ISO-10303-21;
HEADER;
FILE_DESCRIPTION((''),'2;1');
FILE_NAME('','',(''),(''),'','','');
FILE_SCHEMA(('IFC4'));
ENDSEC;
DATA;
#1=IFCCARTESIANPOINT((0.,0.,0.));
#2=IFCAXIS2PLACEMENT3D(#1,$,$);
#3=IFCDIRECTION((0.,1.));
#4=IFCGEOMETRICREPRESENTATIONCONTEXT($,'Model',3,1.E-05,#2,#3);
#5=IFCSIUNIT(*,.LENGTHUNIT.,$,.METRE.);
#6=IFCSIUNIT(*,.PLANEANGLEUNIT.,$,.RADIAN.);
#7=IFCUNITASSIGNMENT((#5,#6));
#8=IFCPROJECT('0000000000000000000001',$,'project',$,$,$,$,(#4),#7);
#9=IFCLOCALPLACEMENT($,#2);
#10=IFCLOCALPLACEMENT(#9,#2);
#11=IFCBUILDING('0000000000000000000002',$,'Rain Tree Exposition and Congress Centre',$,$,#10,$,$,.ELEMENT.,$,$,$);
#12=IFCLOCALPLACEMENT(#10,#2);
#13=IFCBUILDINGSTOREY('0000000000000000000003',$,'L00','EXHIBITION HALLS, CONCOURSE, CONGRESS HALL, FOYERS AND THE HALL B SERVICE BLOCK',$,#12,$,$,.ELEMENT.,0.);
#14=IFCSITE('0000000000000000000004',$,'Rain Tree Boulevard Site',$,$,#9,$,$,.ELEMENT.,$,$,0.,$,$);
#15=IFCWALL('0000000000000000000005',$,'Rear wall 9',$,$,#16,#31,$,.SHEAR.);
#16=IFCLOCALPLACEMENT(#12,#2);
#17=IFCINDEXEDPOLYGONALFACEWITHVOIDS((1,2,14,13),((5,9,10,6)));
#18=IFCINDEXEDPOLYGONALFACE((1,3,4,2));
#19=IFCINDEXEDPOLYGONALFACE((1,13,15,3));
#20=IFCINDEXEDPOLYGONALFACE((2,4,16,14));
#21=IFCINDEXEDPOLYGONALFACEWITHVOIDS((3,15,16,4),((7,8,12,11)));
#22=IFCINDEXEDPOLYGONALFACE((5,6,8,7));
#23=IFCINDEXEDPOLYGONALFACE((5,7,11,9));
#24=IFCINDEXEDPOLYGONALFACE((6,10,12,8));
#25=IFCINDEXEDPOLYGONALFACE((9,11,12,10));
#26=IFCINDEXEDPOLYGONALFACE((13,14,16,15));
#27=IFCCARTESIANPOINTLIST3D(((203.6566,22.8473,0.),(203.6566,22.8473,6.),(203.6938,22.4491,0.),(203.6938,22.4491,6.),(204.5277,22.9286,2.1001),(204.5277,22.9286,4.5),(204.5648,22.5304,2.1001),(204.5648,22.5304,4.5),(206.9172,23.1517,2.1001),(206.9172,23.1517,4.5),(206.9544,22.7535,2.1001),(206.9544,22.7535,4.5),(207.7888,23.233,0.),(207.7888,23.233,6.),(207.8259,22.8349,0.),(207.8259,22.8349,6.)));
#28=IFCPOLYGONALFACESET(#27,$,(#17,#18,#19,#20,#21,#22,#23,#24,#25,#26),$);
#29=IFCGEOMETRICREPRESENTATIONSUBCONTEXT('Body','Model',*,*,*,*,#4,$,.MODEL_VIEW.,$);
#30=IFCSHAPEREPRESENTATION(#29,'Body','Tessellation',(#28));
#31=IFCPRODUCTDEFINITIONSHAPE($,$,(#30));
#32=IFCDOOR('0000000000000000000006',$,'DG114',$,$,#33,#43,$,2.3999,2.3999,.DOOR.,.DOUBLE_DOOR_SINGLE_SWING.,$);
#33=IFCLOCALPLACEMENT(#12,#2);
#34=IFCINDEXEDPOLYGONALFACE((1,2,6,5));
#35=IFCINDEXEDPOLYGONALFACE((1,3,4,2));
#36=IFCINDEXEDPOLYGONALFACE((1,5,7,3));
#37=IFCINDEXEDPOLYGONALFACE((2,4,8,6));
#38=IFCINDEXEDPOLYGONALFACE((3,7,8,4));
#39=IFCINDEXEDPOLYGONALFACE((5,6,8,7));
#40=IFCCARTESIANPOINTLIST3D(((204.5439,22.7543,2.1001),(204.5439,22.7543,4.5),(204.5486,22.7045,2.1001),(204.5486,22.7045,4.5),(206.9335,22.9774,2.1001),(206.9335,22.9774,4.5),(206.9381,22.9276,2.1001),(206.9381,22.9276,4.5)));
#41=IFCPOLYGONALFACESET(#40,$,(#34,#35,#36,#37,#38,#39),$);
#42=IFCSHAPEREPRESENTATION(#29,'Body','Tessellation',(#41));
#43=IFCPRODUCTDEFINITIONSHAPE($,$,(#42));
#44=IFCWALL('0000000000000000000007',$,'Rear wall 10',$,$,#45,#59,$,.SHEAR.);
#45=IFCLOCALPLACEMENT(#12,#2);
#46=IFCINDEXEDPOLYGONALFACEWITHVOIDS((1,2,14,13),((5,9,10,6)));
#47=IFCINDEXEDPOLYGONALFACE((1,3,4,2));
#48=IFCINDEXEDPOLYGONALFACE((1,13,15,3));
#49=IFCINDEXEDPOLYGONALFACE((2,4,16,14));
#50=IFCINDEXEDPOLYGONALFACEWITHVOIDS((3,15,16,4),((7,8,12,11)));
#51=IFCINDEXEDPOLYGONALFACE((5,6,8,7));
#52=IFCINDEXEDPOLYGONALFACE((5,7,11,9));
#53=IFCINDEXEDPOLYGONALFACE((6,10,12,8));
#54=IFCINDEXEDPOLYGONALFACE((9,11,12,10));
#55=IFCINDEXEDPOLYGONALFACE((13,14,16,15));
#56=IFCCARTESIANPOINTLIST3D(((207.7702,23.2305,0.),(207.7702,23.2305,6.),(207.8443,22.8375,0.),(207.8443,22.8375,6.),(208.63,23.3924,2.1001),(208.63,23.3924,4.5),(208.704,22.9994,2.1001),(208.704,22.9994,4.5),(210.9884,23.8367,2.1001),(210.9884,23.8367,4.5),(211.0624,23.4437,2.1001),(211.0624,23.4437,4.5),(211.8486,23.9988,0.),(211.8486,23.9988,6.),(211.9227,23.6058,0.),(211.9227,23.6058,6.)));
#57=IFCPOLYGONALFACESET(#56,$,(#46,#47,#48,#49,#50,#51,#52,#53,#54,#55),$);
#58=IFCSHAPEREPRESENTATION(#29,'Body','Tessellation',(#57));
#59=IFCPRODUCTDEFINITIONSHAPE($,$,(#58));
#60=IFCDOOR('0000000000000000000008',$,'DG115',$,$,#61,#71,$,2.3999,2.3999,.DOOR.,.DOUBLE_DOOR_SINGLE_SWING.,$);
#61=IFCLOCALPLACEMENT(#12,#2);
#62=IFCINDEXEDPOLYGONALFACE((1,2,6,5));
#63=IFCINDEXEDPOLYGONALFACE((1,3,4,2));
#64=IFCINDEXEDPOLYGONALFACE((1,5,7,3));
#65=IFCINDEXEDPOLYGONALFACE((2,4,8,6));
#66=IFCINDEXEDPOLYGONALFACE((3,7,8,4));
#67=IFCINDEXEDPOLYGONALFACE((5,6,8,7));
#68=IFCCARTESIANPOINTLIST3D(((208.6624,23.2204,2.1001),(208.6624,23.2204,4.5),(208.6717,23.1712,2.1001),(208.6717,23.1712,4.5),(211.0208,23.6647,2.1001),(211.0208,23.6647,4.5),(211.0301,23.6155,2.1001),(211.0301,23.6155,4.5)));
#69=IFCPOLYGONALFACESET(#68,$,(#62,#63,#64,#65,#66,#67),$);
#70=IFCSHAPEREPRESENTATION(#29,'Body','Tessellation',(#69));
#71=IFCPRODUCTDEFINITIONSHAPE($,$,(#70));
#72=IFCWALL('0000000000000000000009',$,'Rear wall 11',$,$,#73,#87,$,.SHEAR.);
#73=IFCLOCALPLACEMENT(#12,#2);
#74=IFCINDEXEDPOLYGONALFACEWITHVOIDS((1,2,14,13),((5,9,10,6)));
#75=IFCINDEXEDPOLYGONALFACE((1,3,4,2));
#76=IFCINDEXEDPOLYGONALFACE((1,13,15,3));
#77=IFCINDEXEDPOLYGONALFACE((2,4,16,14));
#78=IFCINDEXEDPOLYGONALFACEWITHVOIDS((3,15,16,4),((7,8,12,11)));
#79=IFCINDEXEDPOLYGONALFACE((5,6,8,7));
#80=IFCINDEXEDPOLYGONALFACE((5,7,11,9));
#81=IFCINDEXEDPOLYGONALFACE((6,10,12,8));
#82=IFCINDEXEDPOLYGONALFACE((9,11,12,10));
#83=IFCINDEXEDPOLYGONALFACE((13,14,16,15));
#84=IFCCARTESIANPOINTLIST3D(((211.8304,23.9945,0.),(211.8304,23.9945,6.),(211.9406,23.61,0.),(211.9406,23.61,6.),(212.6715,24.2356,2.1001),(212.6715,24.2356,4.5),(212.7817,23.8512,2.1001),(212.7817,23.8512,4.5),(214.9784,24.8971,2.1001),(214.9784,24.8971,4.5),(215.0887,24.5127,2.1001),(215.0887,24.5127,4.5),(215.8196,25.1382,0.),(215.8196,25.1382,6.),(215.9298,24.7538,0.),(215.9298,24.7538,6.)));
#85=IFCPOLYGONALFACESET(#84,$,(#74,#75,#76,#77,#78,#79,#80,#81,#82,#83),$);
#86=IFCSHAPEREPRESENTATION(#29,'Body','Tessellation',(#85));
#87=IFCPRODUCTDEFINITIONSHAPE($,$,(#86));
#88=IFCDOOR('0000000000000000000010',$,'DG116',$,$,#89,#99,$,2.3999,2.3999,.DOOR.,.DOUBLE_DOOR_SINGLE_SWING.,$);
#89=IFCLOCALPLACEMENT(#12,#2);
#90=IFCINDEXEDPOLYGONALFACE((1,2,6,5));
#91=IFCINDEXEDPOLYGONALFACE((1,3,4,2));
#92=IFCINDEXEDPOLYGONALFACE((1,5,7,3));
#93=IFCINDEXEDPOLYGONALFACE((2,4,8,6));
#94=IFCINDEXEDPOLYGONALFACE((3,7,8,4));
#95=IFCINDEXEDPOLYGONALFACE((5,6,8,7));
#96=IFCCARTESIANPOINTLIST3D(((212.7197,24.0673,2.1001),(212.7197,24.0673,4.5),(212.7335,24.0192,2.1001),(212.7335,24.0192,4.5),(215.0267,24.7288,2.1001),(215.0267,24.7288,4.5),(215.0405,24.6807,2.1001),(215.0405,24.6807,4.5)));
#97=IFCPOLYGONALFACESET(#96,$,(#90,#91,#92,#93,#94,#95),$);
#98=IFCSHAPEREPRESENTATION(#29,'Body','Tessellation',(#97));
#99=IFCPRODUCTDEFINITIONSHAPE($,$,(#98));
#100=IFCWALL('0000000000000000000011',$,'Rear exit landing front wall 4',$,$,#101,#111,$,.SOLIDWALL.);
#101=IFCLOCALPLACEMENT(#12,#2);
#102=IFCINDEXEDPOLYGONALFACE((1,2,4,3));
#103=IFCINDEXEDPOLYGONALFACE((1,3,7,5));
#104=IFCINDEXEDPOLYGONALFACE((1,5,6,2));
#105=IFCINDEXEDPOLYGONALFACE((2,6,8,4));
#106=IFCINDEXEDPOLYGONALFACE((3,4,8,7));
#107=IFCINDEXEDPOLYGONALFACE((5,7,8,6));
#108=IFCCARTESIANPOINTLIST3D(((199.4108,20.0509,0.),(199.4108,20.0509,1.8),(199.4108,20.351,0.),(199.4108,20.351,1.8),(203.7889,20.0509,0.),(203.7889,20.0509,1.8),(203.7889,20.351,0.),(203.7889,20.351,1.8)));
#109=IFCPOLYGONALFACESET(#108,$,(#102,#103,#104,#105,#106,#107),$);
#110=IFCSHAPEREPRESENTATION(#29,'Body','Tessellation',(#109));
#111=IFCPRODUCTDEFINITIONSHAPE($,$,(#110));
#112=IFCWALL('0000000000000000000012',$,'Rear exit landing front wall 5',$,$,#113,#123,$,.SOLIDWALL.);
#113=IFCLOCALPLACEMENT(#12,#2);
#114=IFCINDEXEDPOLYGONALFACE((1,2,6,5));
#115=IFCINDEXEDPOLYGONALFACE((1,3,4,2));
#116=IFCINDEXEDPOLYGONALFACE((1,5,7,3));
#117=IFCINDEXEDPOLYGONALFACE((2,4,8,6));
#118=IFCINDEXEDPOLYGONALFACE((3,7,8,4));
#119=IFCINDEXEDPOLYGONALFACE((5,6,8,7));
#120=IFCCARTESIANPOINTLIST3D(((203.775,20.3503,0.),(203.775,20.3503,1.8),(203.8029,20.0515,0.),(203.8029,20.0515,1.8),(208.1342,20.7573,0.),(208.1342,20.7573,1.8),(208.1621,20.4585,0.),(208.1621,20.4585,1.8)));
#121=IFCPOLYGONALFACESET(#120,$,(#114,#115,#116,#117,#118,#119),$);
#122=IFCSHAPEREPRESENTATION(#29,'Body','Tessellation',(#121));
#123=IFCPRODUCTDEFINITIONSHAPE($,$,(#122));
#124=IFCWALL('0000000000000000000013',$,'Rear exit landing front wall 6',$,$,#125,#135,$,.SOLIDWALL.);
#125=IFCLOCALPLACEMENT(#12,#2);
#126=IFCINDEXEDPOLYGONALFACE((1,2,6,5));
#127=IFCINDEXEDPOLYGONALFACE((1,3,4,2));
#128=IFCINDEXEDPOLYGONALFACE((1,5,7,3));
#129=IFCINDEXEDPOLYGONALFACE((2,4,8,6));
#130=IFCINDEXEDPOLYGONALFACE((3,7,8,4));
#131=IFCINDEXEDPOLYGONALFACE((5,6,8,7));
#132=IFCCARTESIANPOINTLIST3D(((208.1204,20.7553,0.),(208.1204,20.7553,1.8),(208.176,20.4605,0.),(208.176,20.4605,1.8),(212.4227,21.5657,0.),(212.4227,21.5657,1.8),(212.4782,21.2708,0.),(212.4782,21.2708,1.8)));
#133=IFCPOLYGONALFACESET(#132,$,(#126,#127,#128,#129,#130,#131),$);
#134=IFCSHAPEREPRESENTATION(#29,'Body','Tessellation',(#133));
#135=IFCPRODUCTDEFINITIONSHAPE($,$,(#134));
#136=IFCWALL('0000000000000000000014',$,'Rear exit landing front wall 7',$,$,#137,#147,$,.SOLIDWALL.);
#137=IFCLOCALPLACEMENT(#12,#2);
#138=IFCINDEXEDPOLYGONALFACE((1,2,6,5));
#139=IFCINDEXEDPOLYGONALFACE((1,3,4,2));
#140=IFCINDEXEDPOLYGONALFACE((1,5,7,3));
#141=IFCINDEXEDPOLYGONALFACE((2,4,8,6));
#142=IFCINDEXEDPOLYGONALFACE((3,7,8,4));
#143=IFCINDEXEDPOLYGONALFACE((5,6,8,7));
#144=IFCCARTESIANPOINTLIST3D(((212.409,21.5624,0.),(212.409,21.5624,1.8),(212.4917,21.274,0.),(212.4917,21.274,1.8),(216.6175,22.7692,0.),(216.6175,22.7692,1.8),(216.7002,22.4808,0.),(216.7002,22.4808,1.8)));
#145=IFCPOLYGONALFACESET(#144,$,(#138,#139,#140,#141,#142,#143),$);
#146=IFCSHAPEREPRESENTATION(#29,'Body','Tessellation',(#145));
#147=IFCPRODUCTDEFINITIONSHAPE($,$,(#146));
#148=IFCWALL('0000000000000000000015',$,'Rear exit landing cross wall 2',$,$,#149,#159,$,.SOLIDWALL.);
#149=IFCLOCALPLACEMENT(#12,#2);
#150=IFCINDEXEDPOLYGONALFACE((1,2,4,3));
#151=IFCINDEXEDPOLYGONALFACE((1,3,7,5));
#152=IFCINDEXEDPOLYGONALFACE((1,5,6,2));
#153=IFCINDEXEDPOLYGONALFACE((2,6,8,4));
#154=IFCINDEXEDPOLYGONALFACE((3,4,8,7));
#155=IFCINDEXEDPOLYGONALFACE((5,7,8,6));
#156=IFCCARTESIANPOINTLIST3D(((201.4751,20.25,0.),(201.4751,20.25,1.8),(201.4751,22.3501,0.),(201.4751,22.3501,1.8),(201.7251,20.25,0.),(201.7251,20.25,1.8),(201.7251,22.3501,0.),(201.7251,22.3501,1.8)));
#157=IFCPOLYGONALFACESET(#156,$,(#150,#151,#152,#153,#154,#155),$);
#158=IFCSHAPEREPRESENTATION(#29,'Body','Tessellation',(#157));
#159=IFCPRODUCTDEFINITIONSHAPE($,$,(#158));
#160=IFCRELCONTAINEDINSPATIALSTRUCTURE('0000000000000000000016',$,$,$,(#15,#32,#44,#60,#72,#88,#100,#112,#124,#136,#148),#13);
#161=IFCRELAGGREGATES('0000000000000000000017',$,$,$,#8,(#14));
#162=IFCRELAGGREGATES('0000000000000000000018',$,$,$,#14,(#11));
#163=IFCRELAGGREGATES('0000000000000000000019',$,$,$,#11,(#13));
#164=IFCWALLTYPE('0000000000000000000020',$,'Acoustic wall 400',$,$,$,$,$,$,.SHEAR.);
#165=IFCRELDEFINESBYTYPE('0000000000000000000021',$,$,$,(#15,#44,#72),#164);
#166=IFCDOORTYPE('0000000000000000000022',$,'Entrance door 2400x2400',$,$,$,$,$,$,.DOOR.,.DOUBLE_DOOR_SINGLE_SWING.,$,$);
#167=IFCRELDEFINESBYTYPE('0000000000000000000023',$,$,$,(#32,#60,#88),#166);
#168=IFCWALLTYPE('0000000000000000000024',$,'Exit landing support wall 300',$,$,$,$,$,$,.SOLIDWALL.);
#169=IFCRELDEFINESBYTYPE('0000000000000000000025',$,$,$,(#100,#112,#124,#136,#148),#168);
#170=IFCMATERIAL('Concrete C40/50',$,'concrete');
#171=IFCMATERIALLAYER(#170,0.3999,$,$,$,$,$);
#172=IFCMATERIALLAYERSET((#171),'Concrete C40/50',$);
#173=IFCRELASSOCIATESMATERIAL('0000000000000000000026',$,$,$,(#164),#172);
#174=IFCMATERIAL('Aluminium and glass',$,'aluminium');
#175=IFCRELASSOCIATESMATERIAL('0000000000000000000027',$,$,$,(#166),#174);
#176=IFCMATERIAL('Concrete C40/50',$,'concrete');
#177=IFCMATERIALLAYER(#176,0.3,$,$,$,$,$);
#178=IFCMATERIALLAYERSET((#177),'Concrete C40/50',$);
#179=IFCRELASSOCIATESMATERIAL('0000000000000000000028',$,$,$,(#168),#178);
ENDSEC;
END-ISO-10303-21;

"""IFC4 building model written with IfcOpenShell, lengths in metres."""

from ifc_helpers import new_model, si_unit, direction, frame, frame_2d, origin, place, context, subcontext, project, spatial, rectangle, extrude, material, layer, layer_set, type_object, element, fill, save


model = new_model("IFC4")

# Units and contexts
model_context = context("Model", 3, precision=1e-05, world=origin(), true_north=direction((0.0, 1.0)))
body_context = subcontext(model_context, "Body", "Model", "MODEL_VIEW")
ifc_project = project(units=[si_unit("LENGTHUNIT", "METRE"), si_unit("PLANEANGLEUNIT", "RADIAN")], contexts=[model_context])

# Site, building, storey
site_placement = place(None, origin())
site = spatial("IfcSite", under=ifc_project, at=site_placement, Name="Rain Tree Boulevard Site", CompositionType="ELEMENT", RefElevation=0.0)
building_placement = place(site_placement, origin())
building = spatial("IfcBuilding", under=site, at=building_placement, Name="Rain Tree Exposition and Congress Centre", CompositionType="ELEMENT")
storey_placement = place(building_placement, origin())
storey = spatial("IfcBuildingStorey", under=building, at=storey_placement, Name="L00", Description="EXHIBITION HALLS, CONCOURSE, CONGRESS HALL, FOYERS AND THE HALL B SERVICE BLOCK", CompositionType="ELEMENT", Elevation=0.0)

# Walls, openings, doors
ifc_material_1 = material(Name="Concrete C40/50", Category="concrete")
ifc_layer_1 = layer(ifc_material_1, 0.3999)
ifc_layer_set_1 = layer_set([ifc_layer_1], Name="Concrete C40/50")
wall_type_1 = type_object("IfcWallType", Name="Acoustic wall 400", PredefinedType="SHEAR", material=ifc_layer_set_1)
ifc_material_2 = material(Name="Aluminium and glass", Category="aluminium")
door_type = type_object("IfcDoorType", Name="Entrance door 2400x2400", OperationType="DOUBLE_DOOR_SINGLE_SWING", PredefinedType="DOOR", material=ifc_material_2)
wall_1_placement = place(storey_placement, frame((203.675, 22.6482, 0.0), z_axis=(0.0, 0.0, 1.0), x_axis=(0.995671, 0.092949, 0.0)))
wall_1 = element("IfcWall", 1, at=wall_1_placement, inside=storey, type_object=wall_type_1, Name="Rear wall 9", PredefinedType="SHEAR", context=body_context, shape_type="SweptSolid", body=[
    extrude(rectangle(XDim=4.1501, YDim=0.3999, at=frame_2d((2.0752, 0.0))), origin(), (0.0, 0.0, 1.0), 6.0),
])
opening_1_placement = place(wall_1_placement, frame((0.875, 0.0, 2.1001)))
opening_1 = element("IfcOpeningElement", 2, at=opening_1_placement, cuts=wall_1, PredefinedType="OPENING", context=body_context, shape_type="SweptSolid", body=[
    extrude(rectangle(XDim=2.3999, YDim=2.3999, at=frame_2d((1.2, 1.2))), frame((0.0, 0.2, 0.0), z_axis=(0.0, -1.0, 0.0), x_axis=(1.0, 0.0, 0.0)), (0.0, 0.0, 1.0), 0.3999),
])
door_1_placement = place(opening_1_placement, origin())
door_1 = element("IfcDoor", 3, at=door_1_placement, inside=storey, type_object=door_type, Name="DG114", OperationType="DOUBLE_DOOR_SINGLE_SWING", OverallHeight=2.3999, OverallWidth=2.3999, PredefinedType="DOOR", context=body_context, shape_type="SweptSolid", body=[
    extrude(rectangle(XDim=2.3999, YDim=2.3999, at=frame_2d((1.2, 1.2))), frame((0.0, 0.0249, 0.0), z_axis=(0.0, -1.0, 0.0), x_axis=(1.0, 0.0, 0.0)), (0.0, 0.0, 1.0), 0.05),
])
fill(opening_1, door_1)
wall_2_placement = place(storey_placement, frame((207.8071, 23.0339, 0.0), z_axis=(0.0, 0.0, 1.0), x_axis=(0.982714, 0.18513, 0.0)))
wall_2 = element("IfcWall", 4, at=wall_2_placement, inside=storey, type_object=wall_type_1, Name="Rear wall 10", PredefinedType="SHEAR", context=body_context, shape_type="SweptSolid", body=[
    extrude(rectangle(XDim=4.1501, YDim=0.3999, at=frame_2d((2.0752, 0.0))), origin(), (0.0, 0.0, 1.0), 6.0),
])
opening_2_placement = place(wall_2_placement, frame((0.875, 0.0, 2.1001)))
opening_2 = element("IfcOpeningElement", 5, at=opening_2_placement, cuts=wall_2, PredefinedType="OPENING", context=body_context, shape_type="SweptSolid", body=[
    extrude(rectangle(XDim=2.3999, YDim=2.3999, at=frame_2d((1.2, 1.2))), frame((0.0, 0.2, 0.0), z_axis=(0.0, -1.0, 0.0), x_axis=(1.0, 0.0, 0.0)), (0.0, 0.0, 1.0), 0.3999),
])
door_2_placement = place(opening_2_placement, origin())
door_2 = element("IfcDoor", 6, at=door_2_placement, inside=storey, type_object=door_type, Name="DG115", OperationType="DOUBLE_DOOR_SINGLE_SWING", OverallHeight=2.3999, OverallWidth=2.3999, PredefinedType="DOOR", context=body_context, shape_type="SweptSolid", body=[
    extrude(rectangle(XDim=2.3999, YDim=2.3999, at=frame_2d((1.2, 1.2))), frame((0.0, 0.0249, 0.0), z_axis=(0.0, -1.0, 0.0), x_axis=(1.0, 0.0, 0.0)), (0.0, 0.0, 1.0), 0.05),
])
fill(opening_2, door_2)
wall_3_placement = place(storey_placement, frame((211.8855, 23.8022, 0.0), z_axis=(0.0, 0.0, 1.0), x_axis=(0.961268, 0.275615, 0.0)))
wall_3 = element("IfcWall", 7, at=wall_3_placement, inside=storey, type_object=wall_type_1, Name="Rear wall 11", PredefinedType="SHEAR", context=body_context, shape_type="SweptSolid", body=[
    extrude(rectangle(XDim=4.1499, YDim=0.3999, at=frame_2d((2.075, 0.0))), origin(), (0.0, 0.0, 1.0), 6.0),
])
opening_3_placement = place(wall_3_placement, frame((0.875, 0.0, 2.1001)))
opening_3 = element("IfcOpeningElement", 8, at=opening_3_placement, cuts=wall_3, PredefinedType="OPENING", context=body_context, shape_type="SweptSolid", body=[
    extrude(rectangle(XDim=2.3999, YDim=2.3999, at=frame_2d((1.2, 1.2))), frame((0.0, 0.2, 0.0), z_axis=(0.0, -1.0, 0.0), x_axis=(1.0, 0.0, 0.0)), (0.0, 0.0, 1.0), 0.3999),
])
door_3_placement = place(opening_3_placement, origin())
door_3 = element("IfcDoor", 9, at=door_3_placement, inside=storey, type_object=door_type, Name="DG116", OperationType="DOUBLE_DOOR_SINGLE_SWING", OverallHeight=2.3999, OverallWidth=2.3999, PredefinedType="DOOR", context=body_context, shape_type="SweptSolid", body=[
    extrude(rectangle(XDim=2.3999, YDim=2.3999, at=frame_2d((1.2, 1.2))), frame((0.0, 0.0249, 0.0), z_axis=(0.0, -1.0, 0.0), x_axis=(1.0, 0.0, 0.0)), (0.0, 0.0, 1.0), 0.05),
])
fill(opening_3, door_3)

# Walls
ifc_material_3 = material(Name="Concrete C40/50", Category="concrete")
ifc_layer_2 = layer(ifc_material_3, 0.3)
ifc_layer_set_2 = layer_set([ifc_layer_2], Name="Concrete C40/50")
wall_type_2 = type_object("IfcWallType", Name="Exit landing support wall 300", PredefinedType="SOLIDWALL", material=ifc_layer_set_2)
for number, where, z_axis, x_axis, name in (
    (10, (199.4109, 20.2009, 0.0), (0.0, 0.0, 1.0), (1.0, 0.0, 0.0), "Rear exit landing front wall 4"),
    (11, (203.7891, 20.2009, 0.0), (0.0, 0.0, 1.0), (0.99567, 0.092959, 0.0), "Rear exit landing front wall 5"),
):
    element("IfcWall", number, at=place(storey_placement, frame(where, z_axis=z_axis, x_axis=x_axis)), inside=storey, type_object=wall_type_2, Name=name, PredefinedType="SOLIDWALL", context=body_context, shape_type="SweptSolid", body=[
        extrude(rectangle(XDim=4.3782, YDim=0.3, at=frame_2d((2.189, 0.0))), origin(), (0.0, 0.0, 1.0), 1.8),
    ])
wall_4_placement = place(storey_placement, frame((208.1482, 20.6079, 0.0), z_axis=(0.0, 0.0, 1.0), x_axis=(0.982722, 0.18509, 0.0)))
element("IfcWall", 12, at=wall_4_placement, inside=storey, type_object=wall_type_2, Name="Rear exit landing front wall 6", PredefinedType="SOLIDWALL", context=body_context, shape_type="SweptSolid", body=[
    extrude(rectangle(XDim=4.3779, YDim=0.3, at=frame_2d((2.189, 0.0))), origin(), (0.0, 0.0, 1.0), 1.8),
])
wall_5_placement = place(storey_placement, frame((212.4504, 21.4182, 0.0), z_axis=(0.0, 0.0, 1.0), x_axis=(0.96126, 0.275642, 0.0)))
element("IfcWall", 13, at=wall_5_placement, inside=storey, type_object=wall_type_2, Name="Rear exit landing front wall 7", PredefinedType="SOLIDWALL", context=body_context, shape_type="SweptSolid", body=[
    extrude(rectangle(XDim=4.3782, YDim=0.3, at=frame_2d((2.189, 0.0))), origin(), (0.0, 0.0, 1.0), 1.8),
])
wall_6_placement = place(storey_placement, frame((201.6001, 22.3501, 0.0), z_axis=(0.0, 0.0, 1.0), x_axis=(0.0, -1.0, 0.0)))
element("IfcWall", 14, at=wall_6_placement, inside=storey, type_object=wall_type_2, Name="Rear exit landing cross wall 2", PredefinedType="SOLIDWALL", context=body_context, shape_type="SweptSolid", body=[
    extrude(rectangle(XDim=2.1001, YDim=0.25, at=frame_2d((1.05, 0.0))), origin(), (0.0, 0.0, 1.0), 1.8),
])

save(model, "model.ifc")
